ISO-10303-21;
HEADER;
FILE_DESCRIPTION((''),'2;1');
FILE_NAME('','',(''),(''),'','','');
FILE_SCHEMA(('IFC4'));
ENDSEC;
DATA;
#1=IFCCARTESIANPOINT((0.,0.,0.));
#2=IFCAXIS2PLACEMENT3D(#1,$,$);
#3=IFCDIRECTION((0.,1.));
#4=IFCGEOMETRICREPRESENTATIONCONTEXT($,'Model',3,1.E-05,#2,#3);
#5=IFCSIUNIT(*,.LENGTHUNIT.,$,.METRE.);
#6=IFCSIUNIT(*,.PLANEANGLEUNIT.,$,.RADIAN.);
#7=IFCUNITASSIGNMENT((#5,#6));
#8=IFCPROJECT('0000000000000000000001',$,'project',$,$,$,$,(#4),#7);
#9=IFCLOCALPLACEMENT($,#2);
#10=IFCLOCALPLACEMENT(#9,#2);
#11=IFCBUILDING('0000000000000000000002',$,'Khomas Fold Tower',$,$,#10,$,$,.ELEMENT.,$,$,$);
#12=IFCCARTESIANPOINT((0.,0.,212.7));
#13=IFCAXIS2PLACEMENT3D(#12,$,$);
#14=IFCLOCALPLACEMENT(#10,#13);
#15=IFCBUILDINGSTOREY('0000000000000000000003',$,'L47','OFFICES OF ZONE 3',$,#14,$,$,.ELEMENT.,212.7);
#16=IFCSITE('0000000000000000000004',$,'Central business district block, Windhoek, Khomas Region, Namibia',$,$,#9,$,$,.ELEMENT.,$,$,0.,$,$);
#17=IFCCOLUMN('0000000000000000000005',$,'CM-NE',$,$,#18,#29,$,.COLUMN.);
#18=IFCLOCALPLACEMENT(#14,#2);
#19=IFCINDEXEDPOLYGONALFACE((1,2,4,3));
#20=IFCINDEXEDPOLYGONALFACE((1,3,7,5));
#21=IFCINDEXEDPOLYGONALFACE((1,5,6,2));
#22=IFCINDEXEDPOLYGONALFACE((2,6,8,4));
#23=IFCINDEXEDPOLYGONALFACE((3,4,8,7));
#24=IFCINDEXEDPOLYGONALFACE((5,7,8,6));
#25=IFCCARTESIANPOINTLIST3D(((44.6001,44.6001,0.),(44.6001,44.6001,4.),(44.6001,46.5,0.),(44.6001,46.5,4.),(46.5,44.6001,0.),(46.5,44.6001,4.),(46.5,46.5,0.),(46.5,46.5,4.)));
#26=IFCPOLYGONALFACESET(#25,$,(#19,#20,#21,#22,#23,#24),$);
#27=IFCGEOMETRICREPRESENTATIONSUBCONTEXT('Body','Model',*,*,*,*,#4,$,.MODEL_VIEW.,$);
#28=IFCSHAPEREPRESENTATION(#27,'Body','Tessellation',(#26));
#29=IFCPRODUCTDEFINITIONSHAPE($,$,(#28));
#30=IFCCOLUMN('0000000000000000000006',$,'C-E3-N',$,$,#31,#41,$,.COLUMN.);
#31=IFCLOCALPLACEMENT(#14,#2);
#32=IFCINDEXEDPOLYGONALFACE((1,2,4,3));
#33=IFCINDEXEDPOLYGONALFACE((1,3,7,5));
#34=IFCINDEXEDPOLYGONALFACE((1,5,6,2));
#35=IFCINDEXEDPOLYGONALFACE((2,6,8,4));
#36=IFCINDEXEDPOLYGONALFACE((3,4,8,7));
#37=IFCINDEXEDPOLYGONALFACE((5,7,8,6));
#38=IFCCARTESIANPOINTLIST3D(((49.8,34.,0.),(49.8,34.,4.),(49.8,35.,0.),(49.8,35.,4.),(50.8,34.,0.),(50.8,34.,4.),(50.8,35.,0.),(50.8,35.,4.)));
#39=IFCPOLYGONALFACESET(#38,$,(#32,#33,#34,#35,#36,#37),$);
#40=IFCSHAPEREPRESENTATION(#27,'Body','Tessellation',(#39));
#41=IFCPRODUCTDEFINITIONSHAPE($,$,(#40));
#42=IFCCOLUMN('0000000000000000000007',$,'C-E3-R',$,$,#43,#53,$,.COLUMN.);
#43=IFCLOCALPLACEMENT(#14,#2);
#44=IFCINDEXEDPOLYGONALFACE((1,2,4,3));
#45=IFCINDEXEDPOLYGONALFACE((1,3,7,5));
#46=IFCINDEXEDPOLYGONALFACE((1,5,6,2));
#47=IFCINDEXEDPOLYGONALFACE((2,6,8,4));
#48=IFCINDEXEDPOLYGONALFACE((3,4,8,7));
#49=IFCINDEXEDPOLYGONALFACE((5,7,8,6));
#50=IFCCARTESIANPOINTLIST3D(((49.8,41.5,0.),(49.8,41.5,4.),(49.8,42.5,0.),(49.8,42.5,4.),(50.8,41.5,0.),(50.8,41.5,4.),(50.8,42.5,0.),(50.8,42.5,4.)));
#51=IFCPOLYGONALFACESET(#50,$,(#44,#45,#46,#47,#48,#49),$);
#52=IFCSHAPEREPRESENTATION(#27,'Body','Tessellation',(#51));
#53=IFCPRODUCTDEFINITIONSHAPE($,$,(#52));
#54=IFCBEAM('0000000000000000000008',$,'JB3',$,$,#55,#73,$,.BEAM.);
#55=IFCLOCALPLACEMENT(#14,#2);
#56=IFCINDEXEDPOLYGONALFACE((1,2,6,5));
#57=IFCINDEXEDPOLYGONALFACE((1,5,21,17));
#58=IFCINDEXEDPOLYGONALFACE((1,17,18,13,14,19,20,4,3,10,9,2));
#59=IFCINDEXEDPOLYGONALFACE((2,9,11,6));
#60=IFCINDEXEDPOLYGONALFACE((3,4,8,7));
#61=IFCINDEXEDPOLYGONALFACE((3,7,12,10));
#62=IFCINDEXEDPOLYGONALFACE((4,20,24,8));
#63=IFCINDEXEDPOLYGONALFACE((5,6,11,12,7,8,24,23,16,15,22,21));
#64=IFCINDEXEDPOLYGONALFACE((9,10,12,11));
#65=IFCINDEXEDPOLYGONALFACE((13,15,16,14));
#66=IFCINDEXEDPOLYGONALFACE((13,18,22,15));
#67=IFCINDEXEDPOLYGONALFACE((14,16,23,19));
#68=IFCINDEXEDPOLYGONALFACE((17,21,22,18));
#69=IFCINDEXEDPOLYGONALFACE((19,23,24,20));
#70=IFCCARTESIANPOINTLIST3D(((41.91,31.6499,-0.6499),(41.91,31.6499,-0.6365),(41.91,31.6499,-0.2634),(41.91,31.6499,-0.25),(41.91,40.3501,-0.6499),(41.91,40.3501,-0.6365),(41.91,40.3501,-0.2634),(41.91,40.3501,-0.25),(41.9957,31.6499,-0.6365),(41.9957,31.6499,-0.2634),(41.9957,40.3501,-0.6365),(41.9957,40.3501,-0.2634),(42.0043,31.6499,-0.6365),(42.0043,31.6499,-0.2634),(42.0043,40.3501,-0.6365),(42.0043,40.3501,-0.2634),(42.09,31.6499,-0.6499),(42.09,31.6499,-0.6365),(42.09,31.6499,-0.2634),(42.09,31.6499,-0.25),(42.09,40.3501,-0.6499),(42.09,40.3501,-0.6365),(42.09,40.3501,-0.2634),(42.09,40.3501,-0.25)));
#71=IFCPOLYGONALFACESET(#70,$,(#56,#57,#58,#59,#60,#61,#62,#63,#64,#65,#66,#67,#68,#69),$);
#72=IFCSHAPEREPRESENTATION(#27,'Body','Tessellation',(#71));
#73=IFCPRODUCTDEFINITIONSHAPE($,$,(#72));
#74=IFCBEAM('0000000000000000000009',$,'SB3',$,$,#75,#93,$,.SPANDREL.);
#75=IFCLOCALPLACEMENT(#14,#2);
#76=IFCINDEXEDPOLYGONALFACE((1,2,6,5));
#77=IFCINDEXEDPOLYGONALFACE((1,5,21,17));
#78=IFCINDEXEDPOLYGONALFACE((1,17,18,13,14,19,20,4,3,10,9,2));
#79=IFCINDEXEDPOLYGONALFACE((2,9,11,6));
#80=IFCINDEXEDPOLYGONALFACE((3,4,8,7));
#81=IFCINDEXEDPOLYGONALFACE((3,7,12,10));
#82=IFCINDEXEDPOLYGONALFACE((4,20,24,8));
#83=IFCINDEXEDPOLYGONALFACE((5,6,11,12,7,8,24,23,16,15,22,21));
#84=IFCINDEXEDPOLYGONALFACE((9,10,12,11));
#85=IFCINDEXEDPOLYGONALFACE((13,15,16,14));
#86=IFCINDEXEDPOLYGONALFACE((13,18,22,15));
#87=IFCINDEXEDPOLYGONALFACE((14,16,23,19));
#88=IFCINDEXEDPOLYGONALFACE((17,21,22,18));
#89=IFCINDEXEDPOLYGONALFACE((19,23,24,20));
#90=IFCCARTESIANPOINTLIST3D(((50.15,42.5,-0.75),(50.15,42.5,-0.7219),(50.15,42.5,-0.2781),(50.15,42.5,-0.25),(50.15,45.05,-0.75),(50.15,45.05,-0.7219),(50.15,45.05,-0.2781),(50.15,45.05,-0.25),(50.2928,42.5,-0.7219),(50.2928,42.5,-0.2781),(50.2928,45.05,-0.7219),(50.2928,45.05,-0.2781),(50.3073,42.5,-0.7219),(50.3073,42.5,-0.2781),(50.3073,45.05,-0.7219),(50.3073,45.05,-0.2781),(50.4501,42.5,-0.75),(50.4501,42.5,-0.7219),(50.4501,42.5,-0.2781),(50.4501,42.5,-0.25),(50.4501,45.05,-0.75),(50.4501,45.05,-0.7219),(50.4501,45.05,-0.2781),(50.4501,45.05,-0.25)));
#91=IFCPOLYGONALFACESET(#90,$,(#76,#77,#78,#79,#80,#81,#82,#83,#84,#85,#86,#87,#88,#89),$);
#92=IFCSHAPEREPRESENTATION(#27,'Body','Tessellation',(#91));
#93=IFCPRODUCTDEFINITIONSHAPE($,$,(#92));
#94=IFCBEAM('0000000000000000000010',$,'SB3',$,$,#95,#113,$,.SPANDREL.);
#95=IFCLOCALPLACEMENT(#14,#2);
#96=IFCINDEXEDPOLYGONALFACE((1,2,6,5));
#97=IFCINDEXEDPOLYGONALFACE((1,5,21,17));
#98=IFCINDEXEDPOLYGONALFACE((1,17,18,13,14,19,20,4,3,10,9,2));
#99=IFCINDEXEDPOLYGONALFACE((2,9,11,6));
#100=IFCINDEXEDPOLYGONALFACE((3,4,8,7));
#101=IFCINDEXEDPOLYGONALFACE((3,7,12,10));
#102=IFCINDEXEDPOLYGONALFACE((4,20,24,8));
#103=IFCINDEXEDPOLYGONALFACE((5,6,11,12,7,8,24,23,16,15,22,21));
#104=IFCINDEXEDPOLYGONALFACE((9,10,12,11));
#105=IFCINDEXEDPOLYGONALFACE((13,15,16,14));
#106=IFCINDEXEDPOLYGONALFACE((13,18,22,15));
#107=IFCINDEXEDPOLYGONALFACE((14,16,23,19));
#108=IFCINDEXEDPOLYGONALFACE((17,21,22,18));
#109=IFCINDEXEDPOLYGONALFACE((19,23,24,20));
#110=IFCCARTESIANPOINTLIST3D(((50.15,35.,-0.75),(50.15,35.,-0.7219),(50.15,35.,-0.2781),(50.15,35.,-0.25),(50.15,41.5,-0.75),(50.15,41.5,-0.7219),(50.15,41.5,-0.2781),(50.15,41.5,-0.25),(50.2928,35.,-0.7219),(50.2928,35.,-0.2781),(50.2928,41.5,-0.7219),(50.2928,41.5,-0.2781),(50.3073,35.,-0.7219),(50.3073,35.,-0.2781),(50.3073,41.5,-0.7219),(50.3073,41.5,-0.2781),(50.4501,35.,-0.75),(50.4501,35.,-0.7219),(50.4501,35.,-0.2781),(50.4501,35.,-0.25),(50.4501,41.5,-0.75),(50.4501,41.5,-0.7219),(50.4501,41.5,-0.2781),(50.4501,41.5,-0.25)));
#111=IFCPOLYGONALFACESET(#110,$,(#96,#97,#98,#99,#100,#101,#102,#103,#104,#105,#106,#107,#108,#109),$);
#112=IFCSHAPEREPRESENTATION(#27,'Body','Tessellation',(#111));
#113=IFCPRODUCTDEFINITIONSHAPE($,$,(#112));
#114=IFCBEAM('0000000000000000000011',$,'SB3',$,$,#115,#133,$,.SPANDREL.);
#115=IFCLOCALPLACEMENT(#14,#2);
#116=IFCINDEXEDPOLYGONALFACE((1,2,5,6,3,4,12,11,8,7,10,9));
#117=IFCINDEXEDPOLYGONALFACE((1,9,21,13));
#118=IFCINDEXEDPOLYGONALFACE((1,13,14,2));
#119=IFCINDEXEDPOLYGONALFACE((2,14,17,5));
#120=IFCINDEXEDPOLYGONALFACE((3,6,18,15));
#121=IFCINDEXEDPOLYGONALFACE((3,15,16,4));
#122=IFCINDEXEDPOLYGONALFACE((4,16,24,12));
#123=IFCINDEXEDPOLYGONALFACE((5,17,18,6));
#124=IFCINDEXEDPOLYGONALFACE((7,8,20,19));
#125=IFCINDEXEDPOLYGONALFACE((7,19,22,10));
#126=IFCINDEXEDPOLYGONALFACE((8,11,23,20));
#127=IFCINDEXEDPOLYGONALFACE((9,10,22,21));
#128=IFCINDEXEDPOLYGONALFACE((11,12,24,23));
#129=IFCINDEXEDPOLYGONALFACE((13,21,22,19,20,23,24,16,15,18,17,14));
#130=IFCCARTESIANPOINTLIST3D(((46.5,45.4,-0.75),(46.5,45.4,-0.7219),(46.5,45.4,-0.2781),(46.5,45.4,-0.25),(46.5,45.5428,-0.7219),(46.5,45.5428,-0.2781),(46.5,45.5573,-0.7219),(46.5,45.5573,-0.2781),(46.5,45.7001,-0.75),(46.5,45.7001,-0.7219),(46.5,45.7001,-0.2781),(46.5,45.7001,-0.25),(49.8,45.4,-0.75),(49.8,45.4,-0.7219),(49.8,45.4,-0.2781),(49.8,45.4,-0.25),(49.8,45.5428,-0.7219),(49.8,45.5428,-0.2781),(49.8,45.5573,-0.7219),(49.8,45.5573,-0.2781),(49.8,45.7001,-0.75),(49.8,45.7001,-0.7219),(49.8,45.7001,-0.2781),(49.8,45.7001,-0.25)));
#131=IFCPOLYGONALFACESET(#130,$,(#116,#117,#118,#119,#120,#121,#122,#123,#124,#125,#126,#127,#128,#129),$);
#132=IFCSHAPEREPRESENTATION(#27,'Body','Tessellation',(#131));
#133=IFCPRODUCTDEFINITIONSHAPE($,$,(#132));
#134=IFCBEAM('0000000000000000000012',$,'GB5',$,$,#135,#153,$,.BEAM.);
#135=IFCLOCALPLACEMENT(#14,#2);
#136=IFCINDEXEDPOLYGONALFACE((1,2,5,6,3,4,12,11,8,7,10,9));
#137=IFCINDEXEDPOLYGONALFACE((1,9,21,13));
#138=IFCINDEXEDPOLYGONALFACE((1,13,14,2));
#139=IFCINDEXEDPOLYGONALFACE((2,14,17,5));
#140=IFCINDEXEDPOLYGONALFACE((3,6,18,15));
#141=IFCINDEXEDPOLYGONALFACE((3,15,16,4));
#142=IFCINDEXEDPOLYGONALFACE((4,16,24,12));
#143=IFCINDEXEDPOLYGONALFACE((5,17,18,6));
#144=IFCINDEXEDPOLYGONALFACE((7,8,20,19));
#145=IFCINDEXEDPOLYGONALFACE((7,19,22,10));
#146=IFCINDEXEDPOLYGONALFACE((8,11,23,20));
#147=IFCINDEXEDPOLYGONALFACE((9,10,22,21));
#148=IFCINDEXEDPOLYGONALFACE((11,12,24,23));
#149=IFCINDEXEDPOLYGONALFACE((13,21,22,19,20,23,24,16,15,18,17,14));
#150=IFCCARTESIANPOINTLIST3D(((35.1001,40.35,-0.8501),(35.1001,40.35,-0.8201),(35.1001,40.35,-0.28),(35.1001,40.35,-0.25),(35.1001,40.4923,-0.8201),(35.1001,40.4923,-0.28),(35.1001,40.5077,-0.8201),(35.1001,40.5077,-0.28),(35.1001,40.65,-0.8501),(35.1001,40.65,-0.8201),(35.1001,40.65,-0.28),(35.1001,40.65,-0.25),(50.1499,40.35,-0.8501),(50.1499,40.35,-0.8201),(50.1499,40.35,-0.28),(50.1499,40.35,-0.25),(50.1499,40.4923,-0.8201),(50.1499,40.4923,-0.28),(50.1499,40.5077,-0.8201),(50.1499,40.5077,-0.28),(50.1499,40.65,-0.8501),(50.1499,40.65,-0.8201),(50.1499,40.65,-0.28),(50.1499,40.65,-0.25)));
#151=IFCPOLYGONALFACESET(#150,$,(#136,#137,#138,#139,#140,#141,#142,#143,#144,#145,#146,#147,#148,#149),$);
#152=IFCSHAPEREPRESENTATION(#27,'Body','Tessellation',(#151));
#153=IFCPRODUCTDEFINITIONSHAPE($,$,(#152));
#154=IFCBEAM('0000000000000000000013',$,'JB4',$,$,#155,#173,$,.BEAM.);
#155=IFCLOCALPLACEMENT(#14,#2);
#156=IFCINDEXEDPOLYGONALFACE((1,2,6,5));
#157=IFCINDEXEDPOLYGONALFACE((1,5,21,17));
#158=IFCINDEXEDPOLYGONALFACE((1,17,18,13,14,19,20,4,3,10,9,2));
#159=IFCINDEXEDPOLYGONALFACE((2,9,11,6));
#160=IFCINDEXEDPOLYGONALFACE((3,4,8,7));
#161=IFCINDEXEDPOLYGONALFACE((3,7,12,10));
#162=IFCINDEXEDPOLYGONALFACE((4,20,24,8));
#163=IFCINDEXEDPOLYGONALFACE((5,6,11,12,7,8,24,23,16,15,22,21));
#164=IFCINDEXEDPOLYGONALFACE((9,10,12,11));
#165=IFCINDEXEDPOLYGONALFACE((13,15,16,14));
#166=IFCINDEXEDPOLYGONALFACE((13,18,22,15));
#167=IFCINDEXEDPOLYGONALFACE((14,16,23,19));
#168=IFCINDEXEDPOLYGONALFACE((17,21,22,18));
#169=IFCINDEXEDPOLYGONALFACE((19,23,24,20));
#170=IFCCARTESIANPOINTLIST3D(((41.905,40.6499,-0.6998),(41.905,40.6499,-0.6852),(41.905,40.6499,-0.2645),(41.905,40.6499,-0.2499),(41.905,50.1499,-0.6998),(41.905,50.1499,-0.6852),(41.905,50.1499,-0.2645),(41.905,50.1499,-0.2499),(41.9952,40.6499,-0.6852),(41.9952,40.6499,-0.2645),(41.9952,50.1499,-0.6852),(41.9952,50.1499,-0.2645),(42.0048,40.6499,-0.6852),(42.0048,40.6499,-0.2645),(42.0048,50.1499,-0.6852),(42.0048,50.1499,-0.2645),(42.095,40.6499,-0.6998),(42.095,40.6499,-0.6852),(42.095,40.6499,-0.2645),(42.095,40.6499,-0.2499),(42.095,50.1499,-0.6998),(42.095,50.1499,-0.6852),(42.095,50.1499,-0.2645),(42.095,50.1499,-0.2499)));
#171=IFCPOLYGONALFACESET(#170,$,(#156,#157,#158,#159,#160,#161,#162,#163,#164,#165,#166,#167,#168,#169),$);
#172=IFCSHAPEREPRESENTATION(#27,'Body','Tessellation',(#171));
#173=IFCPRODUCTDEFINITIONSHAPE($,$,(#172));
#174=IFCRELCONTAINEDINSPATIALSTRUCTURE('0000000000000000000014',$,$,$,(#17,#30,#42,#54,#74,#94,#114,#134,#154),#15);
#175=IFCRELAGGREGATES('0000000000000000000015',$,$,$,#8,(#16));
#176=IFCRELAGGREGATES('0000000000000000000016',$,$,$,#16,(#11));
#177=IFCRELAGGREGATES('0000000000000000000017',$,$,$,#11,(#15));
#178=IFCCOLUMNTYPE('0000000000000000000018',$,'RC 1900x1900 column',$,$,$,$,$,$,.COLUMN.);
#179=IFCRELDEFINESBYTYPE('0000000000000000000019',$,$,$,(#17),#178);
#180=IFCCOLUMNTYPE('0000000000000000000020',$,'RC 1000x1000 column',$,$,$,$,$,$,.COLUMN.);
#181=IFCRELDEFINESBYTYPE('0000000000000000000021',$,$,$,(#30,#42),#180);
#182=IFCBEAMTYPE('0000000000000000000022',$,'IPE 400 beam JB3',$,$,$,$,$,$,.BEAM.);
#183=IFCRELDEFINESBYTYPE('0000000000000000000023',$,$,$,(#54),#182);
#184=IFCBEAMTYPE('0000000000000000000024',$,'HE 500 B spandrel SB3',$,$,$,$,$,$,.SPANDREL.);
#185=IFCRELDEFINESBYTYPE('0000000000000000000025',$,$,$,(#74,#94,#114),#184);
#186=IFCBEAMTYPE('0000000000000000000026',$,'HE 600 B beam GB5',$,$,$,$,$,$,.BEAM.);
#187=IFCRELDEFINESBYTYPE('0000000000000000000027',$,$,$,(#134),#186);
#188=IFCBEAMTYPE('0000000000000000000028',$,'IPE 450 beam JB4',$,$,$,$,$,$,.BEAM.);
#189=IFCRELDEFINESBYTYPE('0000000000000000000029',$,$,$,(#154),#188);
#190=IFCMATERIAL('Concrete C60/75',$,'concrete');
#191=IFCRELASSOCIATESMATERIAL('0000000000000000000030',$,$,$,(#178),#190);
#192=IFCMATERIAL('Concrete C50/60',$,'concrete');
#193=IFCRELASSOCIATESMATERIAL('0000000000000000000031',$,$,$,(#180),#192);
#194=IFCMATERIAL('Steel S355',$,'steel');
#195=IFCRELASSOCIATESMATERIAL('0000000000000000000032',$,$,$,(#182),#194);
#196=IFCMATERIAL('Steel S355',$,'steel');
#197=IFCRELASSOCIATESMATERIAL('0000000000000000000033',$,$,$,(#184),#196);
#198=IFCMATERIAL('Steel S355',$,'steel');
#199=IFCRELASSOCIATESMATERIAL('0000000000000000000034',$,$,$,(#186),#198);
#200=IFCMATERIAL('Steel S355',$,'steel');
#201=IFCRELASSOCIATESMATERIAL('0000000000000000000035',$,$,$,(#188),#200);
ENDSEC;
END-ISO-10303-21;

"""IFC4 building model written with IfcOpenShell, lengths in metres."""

from ifc_helpers import new_model, si_unit, direction, frame, origin, origin_2d, place, context, subcontext, project, spatial, rectangle, i_section, extrude, source, transform, mapped, material, material_profile, profile_set, type_object, element, save


model = new_model("IFC4")

# Units and contexts
model_context = context("Model", 3, precision=1e-05, world=origin(), true_north=direction((0.0, 1.0)))
body_context = subcontext(model_context, "Body", "Model", "MODEL_VIEW")
ifc_project = project(units=[si_unit("LENGTHUNIT", "METRE"), si_unit("PLANEANGLEUNIT", "RADIAN")], contexts=[model_context])

# Site, building, storey
site_placement = place(None, origin())
site = spatial("IfcSite", under=ifc_project, at=site_placement, Name="Central business district block, Windhoek, Khomas Region, Namibia", CompositionType="ELEMENT", RefElevation=0.0)
building_placement = place(site_placement, origin())
building = spatial("IfcBuilding", under=site, at=building_placement, Name="Khomas Fold Tower", CompositionType="ELEMENT")
storey_placement = place(building_placement, frame((0.0, 0.0, 212.7)))
storey = spatial("IfcBuildingStorey", under=building, at=storey_placement, Name="L47", Description="OFFICES OF ZONE 3", CompositionType="ELEMENT", Elevation=212.7)

# Columns
ifc_material_1 = material(Name="Concrete C60/75", Category="concrete")
ifc_material_profile_1 = material_profile(ifc_material_1, rectangle(XDim=1.8999, YDim=1.8999, at=origin_2d()), Name="RC 1900x1900")
ifc_profile_set_1 = profile_set([ifc_material_profile_1], Name="Concrete C60/75")
column_type_1 = type_object("IfcColumnType", Name="RC 1900x1900 column", PredefinedType="COLUMN", material=ifc_profile_set_1)
shared_shape_1 = source(origin(), body_context, "Body", "SweptSolid", [
    extrude(rectangle(XDim=1.8999, YDim=1.8999, at=origin_2d()), origin(), (0.0, 0.0, 1.0), 4.0),
])
column_placement = place(storey_placement, frame((45.55, 45.55, 0.0), z_axis=(0.0, 0.0, 1.0), x_axis=(1.0, 0.0, 0.0)))
element("IfcColumn", 1, at=column_placement, inside=storey, type_object=column_type_1, Name="CM-NE", PredefinedType="COLUMN", context=body_context, shape_type="MappedRepresentation", body=[
    mapped(shared_shape_1, transform((0.0, 0.0, 0.0))),
])
ifc_material_2 = material(Name="Concrete C50/60", Category="concrete")
ifc_material_profile_2 = material_profile(ifc_material_2, rectangle(XDim=1.0, YDim=1.0, at=origin_2d()), Name="RC 1000x1000")
ifc_profile_set_2 = profile_set([ifc_material_profile_2], Name="Concrete C50/60")
column_type_2 = type_object("IfcColumnType", Name="RC 1000x1000 column", PredefinedType="COLUMN", material=ifc_profile_set_2)
shared_shape_2 = source(origin(), body_context, "Body", "SweptSolid", [
    extrude(rectangle(XDim=1.0, YDim=1.0, at=origin_2d()), origin(), (0.0, 0.0, 1.0), 4.0),
])
for number, where, z_axis, x_axis, name in (
    (2, (50.3, 34.5, 0.0), (0.0, 0.0, 1.0), (1.0, 0.0, 0.0), "C-E3-N"),
    (3, (50.3, 42.0, 0.0), (0.0, 0.0, 1.0), (1.0, 0.0, 0.0), "C-E3-R"),
):
    element("IfcColumn", number, at=place(storey_placement, frame(where, z_axis=z_axis, x_axis=x_axis)), inside=storey, type_object=column_type_2, Name=name, PredefinedType="COLUMN", context=body_context, shape_type="MappedRepresentation", body=[
        mapped(shared_shape_2, transform((0.0, 0.0, 0.0))),
    ])

# Beams
ifc_material_3 = material(Name="Steel S355", Category="steel")
ifc_material_profile_3 = material_profile(ifc_material_3, i_section(OverallWidth=0.1799, OverallDepth=0.3999, WebThickness=0.0085, FlangeThickness=0.0134, at=origin_2d()), Name="IPE 400")
ifc_profile_set_3 = profile_set([ifc_material_profile_3], Name="Steel S355")
beam_type_1 = type_object("IfcBeamType", Name="IPE 400 beam JB3", PredefinedType="BEAM", material=ifc_profile_set_3)
shared_shape_3 = source(origin(), body_context, "Body", "SweptSolid", [
    extrude(i_section(OverallWidth=0.1799, OverallDepth=0.3999, WebThickness=0.0085, FlangeThickness=0.0134, at=origin_2d()), origin(), (0.0, 0.0, 1.0), 8.7002),
])
beam_1_placement = place(storey_placement, frame((42.0, 31.6499, -0.45), z_axis=(0.0, 1.0, 0.0), x_axis=(-1.0, 0.0, 0.0)))
element("IfcBeam", 4, at=beam_1_placement, inside=storey, type_object=beam_type_1, Name="JB3", PredefinedType="BEAM", context=body_context, shape_type="MappedRepresentation", body=[
    mapped(shared_shape_3, transform((0.0, 0.0, 0.0))),
])
ifc_material_4 = material(Name="Steel S355", Category="steel")
ifc_material_profile_4 = material_profile(ifc_material_4, i_section(OverallWidth=0.3, OverallDepth=0.5, WebThickness=0.0144, FlangeThickness=0.0281, at=origin_2d()), Name="HE 500 B")
ifc_profile_set_4 = profile_set([ifc_material_profile_4], Name="Steel S355")
beam_type_2 = type_object("IfcBeamType", Name="HE 500 B spandrel SB3", PredefinedType="SPANDREL", material=ifc_profile_set_4)
shared_shape_4 = source(origin(), body_context, "Body", "SweptSolid", [
    extrude(i_section(OverallWidth=0.3, OverallDepth=0.5, WebThickness=0.0144, FlangeThickness=0.0281, at=origin_2d()), origin(), (0.0, 0.0, 1.0), 2.55),
])
beam_2_placement = place(storey_placement, frame((50.3, 42.5, -0.5), z_axis=(0.0, 1.0, 0.0), x_axis=(-1.0, 0.0, 0.0)))
element("IfcBeam", 5, at=beam_2_placement, inside=storey, type_object=beam_type_2, Name="SB3", PredefinedType="SPANDREL", context=body_context, shape_type="MappedRepresentation", body=[
    mapped(shared_shape_4, transform((0.0, 0.0, 0.0))),
])
shared_shape_5 = source(origin(), body_context, "Body", "SweptSolid", [
    extrude(i_section(OverallWidth=0.3, OverallDepth=0.5, WebThickness=0.0144, FlangeThickness=0.0281, at=origin_2d()), origin(), (0.0, 0.0, 1.0), 6.5),
])
beam_3_placement = place(storey_placement, frame((50.3, 35.0, -0.5), z_axis=(0.0, 1.0, 0.0), x_axis=(-1.0, 0.0, 0.0)))
element("IfcBeam", 6, at=beam_3_placement, inside=storey, type_object=beam_type_2, Name="SB3", PredefinedType="SPANDREL", context=body_context, shape_type="MappedRepresentation", body=[
    mapped(shared_shape_5, transform((0.0, 0.0, 0.0))),
])
shared_shape_6 = source(origin(), body_context, "Body", "SweptSolid", [
    extrude(i_section(OverallWidth=0.3, OverallDepth=0.5, WebThickness=0.0144, FlangeThickness=0.0281, at=origin_2d()), origin(), (0.0, 0.0, 1.0), 3.3),
])
beam_4_placement = place(storey_placement, frame((46.5, 45.55, -0.5), z_axis=(1.0, 0.0, 0.0), x_axis=(0.0, 1.0, 0.0)))
element("IfcBeam", 7, at=beam_4_placement, inside=storey, type_object=beam_type_2, Name="SB3", PredefinedType="SPANDREL", context=body_context, shape_type="MappedRepresentation", body=[
    mapped(shared_shape_6, transform((0.0, 0.0, 0.0))),
])
ifc_material_5 = material(Name="Steel S355", Category="steel")
ifc_material_profile_5 = material_profile(ifc_material_5, i_section(OverallWidth=0.3, OverallDepth=0.6001, WebThickness=0.0154, FlangeThickness=0.03, at=origin_2d()), Name="HE 600 B")
ifc_profile_set_5 = profile_set([ifc_material_profile_5], Name="Steel S355")
beam_type_3 = type_object("IfcBeamType", Name="HE 600 B beam GB5", PredefinedType="BEAM", material=ifc_profile_set_5)
shared_shape_7 = source(origin(), body_context, "Body", "SweptSolid", [
    extrude(i_section(OverallWidth=0.3, OverallDepth=0.6001, WebThickness=0.0154, FlangeThickness=0.03, at=origin_2d()), origin(), (0.0, 0.0, 1.0), 15.0498),
])
beam_5_placement = place(storey_placement, frame((35.1001, 40.5, -0.55), z_axis=(1.0, 0.0, 0.0), x_axis=(0.0, 1.0, 0.0)))
element("IfcBeam", 8, at=beam_5_placement, inside=storey, type_object=beam_type_3, Name="GB5", PredefinedType="BEAM", context=body_context, shape_type="MappedRepresentation", body=[
    mapped(shared_shape_7, transform((0.0, 0.0, 0.0))),
])
ifc_material_6 = material(Name="Steel S355", Category="steel")
ifc_material_profile_6 = material_profile(ifc_material_6, i_section(OverallWidth=0.1899, OverallDepth=0.45, WebThickness=0.0095, FlangeThickness=0.0146, at=origin_2d()), Name="IPE 450")
ifc_profile_set_6 = profile_set([ifc_material_profile_6], Name="Steel S355")
beam_type_4 = type_object("IfcBeamType", Name="IPE 450 beam JB4", PredefinedType="BEAM", material=ifc_profile_set_6)
shared_shape_8 = source(origin(), body_context, "Body", "SweptSolid", [
    extrude(i_section(OverallWidth=0.1899, OverallDepth=0.45, WebThickness=0.0095, FlangeThickness=0.0146, at=origin_2d()), origin(), (0.0, 0.0, 1.0), 9.5),
])
beam_6_placement = place(storey_placement, frame((42.0, 40.6499, -0.4749), z_axis=(0.0, 1.0, 0.0), x_axis=(-1.0, 0.0, 0.0)))
element("IfcBeam", 9, at=beam_6_placement, inside=storey, type_object=beam_type_4, Name="JB4", PredefinedType="BEAM", context=body_context, shape_type="MappedRepresentation", body=[
    mapped(shared_shape_8, transform((0.0, 0.0, 0.0))),
])

save(model, "model.ifc")
